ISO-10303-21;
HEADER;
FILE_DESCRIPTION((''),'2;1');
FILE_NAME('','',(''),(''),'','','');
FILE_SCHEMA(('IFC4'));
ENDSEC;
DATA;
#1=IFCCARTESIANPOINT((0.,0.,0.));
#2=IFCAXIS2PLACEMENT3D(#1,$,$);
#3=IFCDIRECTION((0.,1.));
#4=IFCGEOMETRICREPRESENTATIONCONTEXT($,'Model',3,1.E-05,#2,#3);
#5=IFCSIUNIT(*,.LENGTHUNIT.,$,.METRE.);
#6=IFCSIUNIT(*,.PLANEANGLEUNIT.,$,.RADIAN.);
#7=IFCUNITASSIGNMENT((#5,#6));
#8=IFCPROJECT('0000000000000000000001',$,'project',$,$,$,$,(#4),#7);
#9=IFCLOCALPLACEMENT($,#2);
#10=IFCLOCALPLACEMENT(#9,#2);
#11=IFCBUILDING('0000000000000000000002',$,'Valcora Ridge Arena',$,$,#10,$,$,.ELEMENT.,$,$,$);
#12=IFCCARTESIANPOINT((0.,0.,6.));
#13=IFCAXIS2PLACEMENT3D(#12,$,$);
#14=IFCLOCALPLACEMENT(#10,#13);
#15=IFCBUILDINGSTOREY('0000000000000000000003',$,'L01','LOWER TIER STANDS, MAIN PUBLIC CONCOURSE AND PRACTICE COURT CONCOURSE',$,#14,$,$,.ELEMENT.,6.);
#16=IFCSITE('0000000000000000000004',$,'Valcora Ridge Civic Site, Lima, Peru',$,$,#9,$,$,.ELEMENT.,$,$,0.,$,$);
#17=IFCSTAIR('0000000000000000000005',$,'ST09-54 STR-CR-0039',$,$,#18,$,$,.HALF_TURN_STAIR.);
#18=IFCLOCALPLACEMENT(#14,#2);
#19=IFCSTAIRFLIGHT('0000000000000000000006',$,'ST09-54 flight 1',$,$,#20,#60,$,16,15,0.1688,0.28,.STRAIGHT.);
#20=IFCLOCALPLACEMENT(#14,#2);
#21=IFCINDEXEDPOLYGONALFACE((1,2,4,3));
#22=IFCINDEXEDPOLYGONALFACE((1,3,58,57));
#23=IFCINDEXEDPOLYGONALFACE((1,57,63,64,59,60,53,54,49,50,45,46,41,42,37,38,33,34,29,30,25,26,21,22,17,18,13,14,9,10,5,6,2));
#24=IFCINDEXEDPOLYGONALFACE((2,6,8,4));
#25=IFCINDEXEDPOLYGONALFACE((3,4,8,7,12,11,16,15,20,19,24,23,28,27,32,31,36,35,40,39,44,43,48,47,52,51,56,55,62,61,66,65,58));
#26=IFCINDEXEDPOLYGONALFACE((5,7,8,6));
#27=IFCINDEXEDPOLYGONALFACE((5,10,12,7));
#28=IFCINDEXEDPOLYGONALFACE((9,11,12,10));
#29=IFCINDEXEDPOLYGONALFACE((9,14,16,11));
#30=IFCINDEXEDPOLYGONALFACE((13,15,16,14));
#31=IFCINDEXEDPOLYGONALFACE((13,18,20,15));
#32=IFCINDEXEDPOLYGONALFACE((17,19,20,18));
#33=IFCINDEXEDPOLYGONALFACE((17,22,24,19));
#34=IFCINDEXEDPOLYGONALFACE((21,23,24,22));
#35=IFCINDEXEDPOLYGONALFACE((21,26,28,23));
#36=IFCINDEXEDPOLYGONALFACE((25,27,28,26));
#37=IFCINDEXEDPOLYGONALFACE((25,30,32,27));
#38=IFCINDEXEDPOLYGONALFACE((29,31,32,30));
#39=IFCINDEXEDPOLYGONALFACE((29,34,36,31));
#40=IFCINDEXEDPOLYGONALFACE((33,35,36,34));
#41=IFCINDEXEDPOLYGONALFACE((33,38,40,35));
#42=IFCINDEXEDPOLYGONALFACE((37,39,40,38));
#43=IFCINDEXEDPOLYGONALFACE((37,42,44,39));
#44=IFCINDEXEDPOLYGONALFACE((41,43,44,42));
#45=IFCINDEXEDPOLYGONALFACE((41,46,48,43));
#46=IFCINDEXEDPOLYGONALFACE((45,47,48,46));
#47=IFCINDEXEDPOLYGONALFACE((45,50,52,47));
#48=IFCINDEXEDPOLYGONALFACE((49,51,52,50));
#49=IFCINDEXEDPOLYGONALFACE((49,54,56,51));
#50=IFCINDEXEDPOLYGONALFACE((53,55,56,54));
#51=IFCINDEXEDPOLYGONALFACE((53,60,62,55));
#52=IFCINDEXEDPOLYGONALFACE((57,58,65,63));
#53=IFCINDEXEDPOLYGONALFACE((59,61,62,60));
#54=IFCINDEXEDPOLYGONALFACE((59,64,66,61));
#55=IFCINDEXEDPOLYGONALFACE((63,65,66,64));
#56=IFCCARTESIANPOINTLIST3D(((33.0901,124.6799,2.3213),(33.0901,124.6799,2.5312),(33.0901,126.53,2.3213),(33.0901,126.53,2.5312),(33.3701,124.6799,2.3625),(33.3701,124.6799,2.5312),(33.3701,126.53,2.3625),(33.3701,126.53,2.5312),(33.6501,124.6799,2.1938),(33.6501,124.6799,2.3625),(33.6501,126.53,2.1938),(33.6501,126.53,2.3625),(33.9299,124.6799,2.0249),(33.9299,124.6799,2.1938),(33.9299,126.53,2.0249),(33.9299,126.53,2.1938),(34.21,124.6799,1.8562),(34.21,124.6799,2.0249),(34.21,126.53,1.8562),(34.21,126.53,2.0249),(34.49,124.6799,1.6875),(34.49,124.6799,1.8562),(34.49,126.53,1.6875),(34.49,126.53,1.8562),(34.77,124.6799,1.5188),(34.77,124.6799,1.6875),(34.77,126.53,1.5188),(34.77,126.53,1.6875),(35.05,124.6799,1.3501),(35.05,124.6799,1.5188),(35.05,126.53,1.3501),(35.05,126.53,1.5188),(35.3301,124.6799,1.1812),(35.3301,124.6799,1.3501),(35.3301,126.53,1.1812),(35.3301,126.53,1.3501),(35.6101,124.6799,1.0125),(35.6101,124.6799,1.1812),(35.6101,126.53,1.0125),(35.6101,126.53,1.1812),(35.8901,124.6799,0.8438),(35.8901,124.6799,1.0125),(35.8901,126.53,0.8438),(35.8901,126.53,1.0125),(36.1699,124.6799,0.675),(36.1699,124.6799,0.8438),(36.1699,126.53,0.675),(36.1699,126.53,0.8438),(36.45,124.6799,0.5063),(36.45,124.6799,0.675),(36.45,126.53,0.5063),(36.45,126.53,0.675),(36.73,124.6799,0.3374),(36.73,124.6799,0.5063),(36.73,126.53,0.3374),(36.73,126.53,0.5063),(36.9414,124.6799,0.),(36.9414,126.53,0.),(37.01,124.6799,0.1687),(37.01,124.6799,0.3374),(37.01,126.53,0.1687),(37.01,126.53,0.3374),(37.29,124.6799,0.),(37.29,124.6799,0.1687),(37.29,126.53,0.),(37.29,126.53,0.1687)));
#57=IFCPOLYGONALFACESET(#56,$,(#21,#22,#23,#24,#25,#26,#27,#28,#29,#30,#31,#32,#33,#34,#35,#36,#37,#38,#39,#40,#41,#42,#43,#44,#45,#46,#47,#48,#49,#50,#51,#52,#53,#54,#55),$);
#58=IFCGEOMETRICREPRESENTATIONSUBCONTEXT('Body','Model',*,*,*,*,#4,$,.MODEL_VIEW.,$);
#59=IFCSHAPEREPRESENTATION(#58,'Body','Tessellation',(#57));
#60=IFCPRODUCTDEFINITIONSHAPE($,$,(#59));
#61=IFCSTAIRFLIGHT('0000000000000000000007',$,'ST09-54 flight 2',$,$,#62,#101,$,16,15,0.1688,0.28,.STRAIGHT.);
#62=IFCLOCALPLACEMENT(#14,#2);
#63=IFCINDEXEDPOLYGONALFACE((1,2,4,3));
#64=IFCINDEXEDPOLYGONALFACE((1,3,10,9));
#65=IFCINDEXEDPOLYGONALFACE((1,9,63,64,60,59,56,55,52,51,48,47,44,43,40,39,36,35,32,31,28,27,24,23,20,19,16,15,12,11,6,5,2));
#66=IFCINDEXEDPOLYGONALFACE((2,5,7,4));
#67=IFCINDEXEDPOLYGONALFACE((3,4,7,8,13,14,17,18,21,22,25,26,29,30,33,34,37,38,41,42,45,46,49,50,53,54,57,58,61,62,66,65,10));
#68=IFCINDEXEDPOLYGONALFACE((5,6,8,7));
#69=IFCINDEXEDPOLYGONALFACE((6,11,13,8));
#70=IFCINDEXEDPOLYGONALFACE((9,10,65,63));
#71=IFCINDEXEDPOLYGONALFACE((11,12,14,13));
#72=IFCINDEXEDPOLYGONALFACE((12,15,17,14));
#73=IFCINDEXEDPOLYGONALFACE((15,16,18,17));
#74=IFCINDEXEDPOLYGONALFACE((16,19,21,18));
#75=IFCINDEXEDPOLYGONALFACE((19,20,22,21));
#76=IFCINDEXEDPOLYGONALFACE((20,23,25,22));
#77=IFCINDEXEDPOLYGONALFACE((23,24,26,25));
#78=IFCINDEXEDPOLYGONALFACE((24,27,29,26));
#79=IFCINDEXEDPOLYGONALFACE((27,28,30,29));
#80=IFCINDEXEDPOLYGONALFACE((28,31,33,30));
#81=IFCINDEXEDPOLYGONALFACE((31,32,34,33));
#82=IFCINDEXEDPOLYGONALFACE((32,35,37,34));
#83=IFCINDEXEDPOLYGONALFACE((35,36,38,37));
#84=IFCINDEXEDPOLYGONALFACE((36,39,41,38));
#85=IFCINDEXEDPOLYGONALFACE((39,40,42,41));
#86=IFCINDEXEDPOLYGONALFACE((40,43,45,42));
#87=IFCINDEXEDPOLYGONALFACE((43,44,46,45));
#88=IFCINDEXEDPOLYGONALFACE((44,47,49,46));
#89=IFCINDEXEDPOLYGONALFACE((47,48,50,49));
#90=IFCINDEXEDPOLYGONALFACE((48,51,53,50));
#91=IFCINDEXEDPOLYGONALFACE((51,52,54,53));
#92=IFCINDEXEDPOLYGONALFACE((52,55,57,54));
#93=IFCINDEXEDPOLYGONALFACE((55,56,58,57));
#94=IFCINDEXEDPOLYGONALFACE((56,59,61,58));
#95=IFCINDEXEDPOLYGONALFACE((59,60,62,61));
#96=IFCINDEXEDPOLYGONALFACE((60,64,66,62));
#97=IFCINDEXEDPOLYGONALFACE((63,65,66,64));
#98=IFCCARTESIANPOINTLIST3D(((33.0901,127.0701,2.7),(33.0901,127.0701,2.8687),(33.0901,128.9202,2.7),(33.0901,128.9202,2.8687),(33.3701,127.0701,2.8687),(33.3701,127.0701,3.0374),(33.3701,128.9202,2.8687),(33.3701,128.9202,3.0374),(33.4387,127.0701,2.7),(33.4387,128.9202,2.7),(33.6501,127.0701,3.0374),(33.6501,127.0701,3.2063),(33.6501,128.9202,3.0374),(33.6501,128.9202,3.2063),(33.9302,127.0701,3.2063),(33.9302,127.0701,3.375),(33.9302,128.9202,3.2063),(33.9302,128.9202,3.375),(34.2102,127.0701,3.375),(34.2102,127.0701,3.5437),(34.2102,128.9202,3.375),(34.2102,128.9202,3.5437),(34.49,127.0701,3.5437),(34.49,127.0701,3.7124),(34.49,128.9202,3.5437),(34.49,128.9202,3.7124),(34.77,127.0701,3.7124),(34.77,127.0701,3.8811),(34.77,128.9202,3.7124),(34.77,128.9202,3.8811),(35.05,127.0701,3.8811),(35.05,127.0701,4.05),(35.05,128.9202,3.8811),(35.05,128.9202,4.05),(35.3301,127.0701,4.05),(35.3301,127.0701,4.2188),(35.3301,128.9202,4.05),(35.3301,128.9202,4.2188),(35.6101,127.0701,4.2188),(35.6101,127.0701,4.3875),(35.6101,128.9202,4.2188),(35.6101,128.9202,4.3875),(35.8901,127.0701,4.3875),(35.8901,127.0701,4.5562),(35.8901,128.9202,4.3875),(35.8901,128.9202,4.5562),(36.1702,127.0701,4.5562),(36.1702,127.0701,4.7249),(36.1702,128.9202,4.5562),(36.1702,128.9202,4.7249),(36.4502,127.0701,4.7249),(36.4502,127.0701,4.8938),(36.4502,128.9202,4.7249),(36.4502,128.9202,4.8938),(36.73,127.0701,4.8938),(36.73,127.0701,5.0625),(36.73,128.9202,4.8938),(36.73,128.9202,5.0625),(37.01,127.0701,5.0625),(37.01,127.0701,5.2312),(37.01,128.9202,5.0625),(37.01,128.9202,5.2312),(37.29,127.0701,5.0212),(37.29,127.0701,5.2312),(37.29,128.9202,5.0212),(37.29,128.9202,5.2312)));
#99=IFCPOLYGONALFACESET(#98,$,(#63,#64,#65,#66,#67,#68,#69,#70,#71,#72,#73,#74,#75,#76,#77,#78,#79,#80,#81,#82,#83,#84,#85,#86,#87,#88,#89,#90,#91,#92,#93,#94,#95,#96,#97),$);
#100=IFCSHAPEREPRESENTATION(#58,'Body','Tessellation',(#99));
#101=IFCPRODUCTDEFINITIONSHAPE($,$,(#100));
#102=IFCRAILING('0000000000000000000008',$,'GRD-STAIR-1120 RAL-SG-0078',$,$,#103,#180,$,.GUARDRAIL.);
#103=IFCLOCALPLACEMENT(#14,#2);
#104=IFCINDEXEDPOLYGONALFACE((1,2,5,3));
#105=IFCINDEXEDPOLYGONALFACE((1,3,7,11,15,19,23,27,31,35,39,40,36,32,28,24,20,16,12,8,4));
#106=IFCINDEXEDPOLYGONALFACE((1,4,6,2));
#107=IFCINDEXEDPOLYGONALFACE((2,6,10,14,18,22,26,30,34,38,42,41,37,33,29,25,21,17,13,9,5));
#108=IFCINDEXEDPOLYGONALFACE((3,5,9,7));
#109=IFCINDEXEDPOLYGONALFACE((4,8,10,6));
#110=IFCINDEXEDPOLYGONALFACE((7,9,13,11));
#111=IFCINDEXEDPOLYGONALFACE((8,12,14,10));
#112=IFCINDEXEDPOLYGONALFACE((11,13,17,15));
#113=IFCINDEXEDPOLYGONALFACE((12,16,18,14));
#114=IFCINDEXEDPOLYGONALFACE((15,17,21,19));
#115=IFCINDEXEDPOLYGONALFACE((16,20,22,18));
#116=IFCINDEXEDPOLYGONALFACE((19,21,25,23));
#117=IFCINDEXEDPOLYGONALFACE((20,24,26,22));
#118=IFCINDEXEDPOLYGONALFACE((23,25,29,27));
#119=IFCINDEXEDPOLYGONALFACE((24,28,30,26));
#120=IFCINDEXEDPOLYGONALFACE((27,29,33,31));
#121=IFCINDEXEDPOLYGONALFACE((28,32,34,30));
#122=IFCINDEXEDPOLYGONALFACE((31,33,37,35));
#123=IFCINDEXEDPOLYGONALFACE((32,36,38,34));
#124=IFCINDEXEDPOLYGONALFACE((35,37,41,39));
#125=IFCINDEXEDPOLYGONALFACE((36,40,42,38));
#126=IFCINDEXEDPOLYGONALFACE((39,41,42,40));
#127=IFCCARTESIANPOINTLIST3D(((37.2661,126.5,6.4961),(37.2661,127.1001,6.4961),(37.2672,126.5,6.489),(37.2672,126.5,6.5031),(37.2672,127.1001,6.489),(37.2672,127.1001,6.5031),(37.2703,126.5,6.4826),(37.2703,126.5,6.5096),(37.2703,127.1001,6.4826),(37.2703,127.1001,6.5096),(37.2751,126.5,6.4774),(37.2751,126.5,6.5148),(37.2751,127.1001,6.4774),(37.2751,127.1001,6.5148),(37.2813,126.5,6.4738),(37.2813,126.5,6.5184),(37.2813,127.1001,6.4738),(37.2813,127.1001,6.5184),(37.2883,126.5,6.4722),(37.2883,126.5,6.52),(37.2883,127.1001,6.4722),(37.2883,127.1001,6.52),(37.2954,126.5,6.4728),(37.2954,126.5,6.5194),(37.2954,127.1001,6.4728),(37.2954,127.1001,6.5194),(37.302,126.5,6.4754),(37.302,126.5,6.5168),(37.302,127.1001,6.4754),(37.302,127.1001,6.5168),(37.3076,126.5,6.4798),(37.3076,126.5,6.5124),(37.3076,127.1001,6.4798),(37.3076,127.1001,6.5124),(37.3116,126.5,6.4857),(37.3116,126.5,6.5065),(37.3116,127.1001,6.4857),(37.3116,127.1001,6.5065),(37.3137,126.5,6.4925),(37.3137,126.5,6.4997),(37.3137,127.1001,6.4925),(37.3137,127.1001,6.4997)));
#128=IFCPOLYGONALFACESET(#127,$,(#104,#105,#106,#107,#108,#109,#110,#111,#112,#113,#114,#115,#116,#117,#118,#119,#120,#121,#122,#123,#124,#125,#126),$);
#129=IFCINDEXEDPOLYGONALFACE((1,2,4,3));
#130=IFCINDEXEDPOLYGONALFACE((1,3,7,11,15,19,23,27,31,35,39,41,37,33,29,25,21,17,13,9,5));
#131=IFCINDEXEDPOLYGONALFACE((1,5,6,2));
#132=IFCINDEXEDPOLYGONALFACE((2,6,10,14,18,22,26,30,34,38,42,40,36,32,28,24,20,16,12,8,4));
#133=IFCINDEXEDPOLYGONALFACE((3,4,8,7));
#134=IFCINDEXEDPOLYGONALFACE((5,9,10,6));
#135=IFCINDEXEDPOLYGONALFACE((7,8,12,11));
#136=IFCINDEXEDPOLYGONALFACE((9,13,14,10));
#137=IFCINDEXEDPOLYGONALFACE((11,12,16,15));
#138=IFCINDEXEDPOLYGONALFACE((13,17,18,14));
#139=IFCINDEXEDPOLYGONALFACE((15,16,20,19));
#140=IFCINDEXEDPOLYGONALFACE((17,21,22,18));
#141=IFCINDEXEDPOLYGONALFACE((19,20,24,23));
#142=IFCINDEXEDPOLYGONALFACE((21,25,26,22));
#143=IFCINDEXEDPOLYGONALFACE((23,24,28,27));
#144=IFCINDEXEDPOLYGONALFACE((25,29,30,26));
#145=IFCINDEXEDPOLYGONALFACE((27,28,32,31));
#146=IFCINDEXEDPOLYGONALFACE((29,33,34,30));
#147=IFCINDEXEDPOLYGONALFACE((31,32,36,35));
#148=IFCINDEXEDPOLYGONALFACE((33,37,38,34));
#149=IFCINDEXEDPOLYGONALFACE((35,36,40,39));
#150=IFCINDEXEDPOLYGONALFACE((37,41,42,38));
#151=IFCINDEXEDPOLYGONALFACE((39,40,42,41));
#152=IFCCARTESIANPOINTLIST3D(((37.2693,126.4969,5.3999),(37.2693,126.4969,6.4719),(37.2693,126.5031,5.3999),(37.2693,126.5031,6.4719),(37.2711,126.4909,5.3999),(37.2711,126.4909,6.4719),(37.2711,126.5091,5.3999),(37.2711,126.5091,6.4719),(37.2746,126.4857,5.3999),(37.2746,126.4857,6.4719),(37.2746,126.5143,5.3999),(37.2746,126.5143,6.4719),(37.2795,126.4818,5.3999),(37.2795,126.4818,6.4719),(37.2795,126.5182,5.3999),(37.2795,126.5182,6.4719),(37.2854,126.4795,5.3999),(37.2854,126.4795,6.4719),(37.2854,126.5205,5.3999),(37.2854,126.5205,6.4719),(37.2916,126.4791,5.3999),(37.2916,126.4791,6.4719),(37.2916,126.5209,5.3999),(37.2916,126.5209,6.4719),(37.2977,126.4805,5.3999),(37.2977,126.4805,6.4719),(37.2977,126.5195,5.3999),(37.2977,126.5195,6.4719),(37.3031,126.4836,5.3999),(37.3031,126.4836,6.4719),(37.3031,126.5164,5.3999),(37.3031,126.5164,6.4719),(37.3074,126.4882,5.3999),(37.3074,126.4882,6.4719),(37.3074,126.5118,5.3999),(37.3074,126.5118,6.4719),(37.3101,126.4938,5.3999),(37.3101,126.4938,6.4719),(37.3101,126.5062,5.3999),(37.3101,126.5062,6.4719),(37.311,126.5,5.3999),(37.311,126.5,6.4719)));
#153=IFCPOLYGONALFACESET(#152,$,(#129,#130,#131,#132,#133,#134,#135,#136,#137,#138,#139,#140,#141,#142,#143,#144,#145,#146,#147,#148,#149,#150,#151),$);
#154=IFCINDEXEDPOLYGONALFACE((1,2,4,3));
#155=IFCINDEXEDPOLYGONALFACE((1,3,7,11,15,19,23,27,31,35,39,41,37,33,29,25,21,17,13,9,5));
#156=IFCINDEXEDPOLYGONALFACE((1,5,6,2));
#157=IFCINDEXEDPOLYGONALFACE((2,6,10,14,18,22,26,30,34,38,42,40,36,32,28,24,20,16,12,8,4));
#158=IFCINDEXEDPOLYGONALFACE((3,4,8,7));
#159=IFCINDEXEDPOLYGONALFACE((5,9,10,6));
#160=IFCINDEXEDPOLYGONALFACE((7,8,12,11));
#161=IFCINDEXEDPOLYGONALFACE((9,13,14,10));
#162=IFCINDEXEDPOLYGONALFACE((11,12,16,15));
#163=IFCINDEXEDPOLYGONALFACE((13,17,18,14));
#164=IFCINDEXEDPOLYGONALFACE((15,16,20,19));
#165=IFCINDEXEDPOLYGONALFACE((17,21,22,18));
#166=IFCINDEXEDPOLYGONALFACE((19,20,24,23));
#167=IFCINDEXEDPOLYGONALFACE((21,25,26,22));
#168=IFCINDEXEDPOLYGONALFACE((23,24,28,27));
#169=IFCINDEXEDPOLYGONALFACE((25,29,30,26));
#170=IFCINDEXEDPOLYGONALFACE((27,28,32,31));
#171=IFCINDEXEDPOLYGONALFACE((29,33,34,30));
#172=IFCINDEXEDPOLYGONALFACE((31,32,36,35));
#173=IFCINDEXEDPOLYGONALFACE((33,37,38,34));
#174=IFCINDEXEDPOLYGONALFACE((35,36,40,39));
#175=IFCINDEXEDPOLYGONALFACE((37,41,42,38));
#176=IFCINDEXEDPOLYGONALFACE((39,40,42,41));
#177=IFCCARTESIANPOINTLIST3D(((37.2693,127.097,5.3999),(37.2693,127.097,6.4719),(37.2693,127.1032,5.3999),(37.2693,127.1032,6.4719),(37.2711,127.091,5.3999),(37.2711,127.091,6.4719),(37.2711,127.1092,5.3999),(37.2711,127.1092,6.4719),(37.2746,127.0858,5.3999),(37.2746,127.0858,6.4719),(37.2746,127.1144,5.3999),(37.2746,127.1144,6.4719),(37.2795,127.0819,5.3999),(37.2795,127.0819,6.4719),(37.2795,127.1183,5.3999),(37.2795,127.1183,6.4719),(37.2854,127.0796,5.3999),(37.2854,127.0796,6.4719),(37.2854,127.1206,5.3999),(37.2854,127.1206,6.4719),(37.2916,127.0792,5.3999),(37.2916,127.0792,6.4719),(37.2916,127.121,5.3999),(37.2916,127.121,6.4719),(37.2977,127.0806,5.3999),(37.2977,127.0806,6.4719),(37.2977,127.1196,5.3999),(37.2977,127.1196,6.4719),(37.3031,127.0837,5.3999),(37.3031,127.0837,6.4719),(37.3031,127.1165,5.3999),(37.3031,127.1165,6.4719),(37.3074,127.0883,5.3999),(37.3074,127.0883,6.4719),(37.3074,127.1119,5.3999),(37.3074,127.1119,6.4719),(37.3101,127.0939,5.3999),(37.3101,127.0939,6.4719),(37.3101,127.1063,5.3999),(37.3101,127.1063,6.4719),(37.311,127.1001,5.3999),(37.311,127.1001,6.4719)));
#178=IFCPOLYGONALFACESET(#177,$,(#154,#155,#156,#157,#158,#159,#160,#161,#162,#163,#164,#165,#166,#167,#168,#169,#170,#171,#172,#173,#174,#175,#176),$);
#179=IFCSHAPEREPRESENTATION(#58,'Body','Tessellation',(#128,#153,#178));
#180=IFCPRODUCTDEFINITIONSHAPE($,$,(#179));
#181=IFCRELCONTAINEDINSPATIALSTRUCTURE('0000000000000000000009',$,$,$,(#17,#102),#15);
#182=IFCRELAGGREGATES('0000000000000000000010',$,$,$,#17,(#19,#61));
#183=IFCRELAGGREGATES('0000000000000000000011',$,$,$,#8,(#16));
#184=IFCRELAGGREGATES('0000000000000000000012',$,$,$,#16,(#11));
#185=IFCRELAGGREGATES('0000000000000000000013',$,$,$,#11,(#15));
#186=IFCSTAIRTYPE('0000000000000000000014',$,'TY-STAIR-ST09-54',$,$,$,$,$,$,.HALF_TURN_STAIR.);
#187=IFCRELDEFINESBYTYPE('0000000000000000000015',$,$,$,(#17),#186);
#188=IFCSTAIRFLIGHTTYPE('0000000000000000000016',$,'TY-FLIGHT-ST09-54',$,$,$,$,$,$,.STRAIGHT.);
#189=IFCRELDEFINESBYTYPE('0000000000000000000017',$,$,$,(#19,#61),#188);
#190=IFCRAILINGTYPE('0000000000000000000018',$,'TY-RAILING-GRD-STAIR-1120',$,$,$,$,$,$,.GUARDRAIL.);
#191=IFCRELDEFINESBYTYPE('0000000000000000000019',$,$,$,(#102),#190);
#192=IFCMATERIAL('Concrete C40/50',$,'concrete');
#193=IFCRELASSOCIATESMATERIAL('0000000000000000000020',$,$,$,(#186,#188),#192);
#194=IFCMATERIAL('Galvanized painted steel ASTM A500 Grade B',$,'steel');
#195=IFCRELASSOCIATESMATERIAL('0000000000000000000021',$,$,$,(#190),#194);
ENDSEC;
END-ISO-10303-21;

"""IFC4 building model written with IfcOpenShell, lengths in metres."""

from ifc_helpers import new_model, si_unit, direction, frame, origin, origin_2d, place, context, subcontext, project, spatial, polyline, circle, outline, extrude, material, type_object, element, aggregate, save


model = new_model("IFC4")

# Units and contexts
model_context = context("Model", 3, precision=1e-05, world=origin(), true_north=direction((0.0, 1.0)))
body_context = subcontext(model_context, "Body", "Model", "MODEL_VIEW")
ifc_project = project(units=[si_unit("LENGTHUNIT", "METRE"), si_unit("PLANEANGLEUNIT", "RADIAN")], contexts=[model_context])

# Site, building, storey
site_placement = place(None, origin())
site = spatial("IfcSite", under=ifc_project, at=site_placement, Name="Valcora Ridge Civic Site, Lima, Peru", CompositionType="ELEMENT", RefElevation=0.0)
building_placement = place(site_placement, origin())
building = spatial("IfcBuilding", under=site, at=building_placement, Name="Valcora Ridge Arena", CompositionType="ELEMENT")
storey_placement = place(building_placement, frame((0.0, 0.0, 6.0)))
storey = spatial("IfcBuildingStorey", under=building, at=storey_placement, Name="L01", Description="LOWER TIER STANDS, MAIN PUBLIC CONCOURSE AND PRACTICE COURT CONCOURSE", CompositionType="ELEMENT", Elevation=6.0)

# Shared definitions
ifc_material_1 = material(Name="Concrete C40/50", Category="concrete")

# Stair, stair flights
stair_type = type_object("IfcStairType", Name="TY-STAIR-ST09-54", PredefinedType="HALF_TURN_STAIR", material=ifc_material_1)
stair_placement = place(storey_placement, origin())
stair = element("IfcStair", 1, at=stair_placement, inside=storey, type_object=stair_type, Name="ST09-54 STR-CR-0039", PredefinedType="HALF_TURN_STAIR")
stair_flight_type = type_object("IfcStairFlightType", Name="TY-FLIGHT-ST09-54", PredefinedType="STRAIGHT", material=ifc_material_1)
stair_flight_1_placement = place(storey_placement, frame((37.29, 125.605, 0.0), z_axis=(0.0, 0.0, 1.0), x_axis=(-1.0, 0.0, 0.0)))
stair_flight_1 = element("IfcStairFlight", 2, at=stair_flight_1_placement, type_object=stair_flight_type, Name="ST09-54 flight 1", NumberOfRisers=16, NumberOfTreads=15, PredefinedType="STRAIGHT", RiserHeight=0.1688, TreadLength=0.28, context=body_context, shape_type="SweptSolid", body=[
    extrude(outline(polyline([(0.0, 0.0), (0.0, 0.1687), (0.28, 0.1687), (0.28, 0.3374), (0.5601, 0.3374), (0.5601, 0.5063), (0.8401, 0.5063), (0.8401, 0.675), (1.1201, 0.675), (1.1201, 0.8438), (1.3999, 0.8438), (1.3999, 1.0125), (1.6799, 1.0125), (1.6799, 1.1812), (1.96, 1.1812), (1.96, 1.3501), (2.24, 1.3501), (2.24, 1.5188), (2.52, 1.5188), (2.52, 1.6875), (2.8, 1.6875), (2.8, 1.8562), (3.0801, 1.8562), (3.0801, 2.0249), (3.3601, 2.0249), (3.3601, 2.1938), (3.6399, 2.1938), (3.6399, 2.3625), (3.9199, 2.3625), (3.9199, 2.5312), (4.2, 2.5312), (4.2, 2.7), (4.2, 2.3213), (0.3486, 0.0), (0.0, 0.0)])), frame((0.0, 0.925, 0.0), z_axis=(0.0, -1.0, 0.0), x_axis=(1.0, 0.0, 0.0)), (0.0, 0.0, 1.0), 1.8501),
])
stair_flight_2_placement = place(storey_placement, frame((33.0901, 127.9951, 2.7), z_axis=(0.0, 0.0, 1.0), x_axis=(1.0, 0.0, 0.0)))
stair_flight_2 = element("IfcStairFlight", 3, at=stair_flight_2_placement, type_object=stair_flight_type, Name="ST09-54 flight 2", NumberOfRisers=16, NumberOfTreads=15, PredefinedType="STRAIGHT", RiserHeight=0.1688, TreadLength=0.28, context=body_context, shape_type="SweptSolid", body=[
    extrude(outline(polyline([(0.0, 0.0), (0.0, 0.1687), (0.28, 0.1687), (0.28, 0.3374), (0.5601, 0.3374), (0.5601, 0.5063), (0.8401, 0.5063), (0.8401, 0.675), (1.1201, 0.675), (1.1201, 0.8438), (1.3999, 0.8438), (1.3999, 1.0125), (1.6799, 1.0125), (1.6799, 1.1812), (1.96, 1.1812), (1.96, 1.3501), (2.24, 1.3501), (2.24, 1.5188), (2.52, 1.5188), (2.52, 1.6875), (2.8, 1.6875), (2.8, 1.8562), (3.0801, 1.8562), (3.0801, 2.0249), (3.3601, 2.0249), (3.3601, 2.1938), (3.6399, 2.1938), (3.6399, 2.3625), (3.9199, 2.3625), (3.9199, 2.5312), (4.2, 2.5312), (4.2, 2.7), (4.2, 2.3213), (0.3486, 0.0), (0.0, 0.0)])), frame((0.0, 0.925, 0.0), z_axis=(0.0, -1.0, 0.0), x_axis=(1.0, 0.0, 0.0)), (0.0, 0.0, 1.0), 1.8501),
])
aggregate(stair, [stair_flight_1, stair_flight_2])

# Railing
ifc_material_2 = material(Name="Galvanized painted steel ASTM A500 Grade B", Category="steel")
railing_type_1 = type_object("IfcRailingType", Name="TY-RAILING-GRD-STAIR-1120", PredefinedType="GUARDRAIL", material=ifc_material_2)
railing_1_placement = place(storey_placement, frame((37.29, 126.5, 5.3999)))
element("IfcRailing", 4, at=railing_1_placement, inside=storey, type_object=railing_type_1, Name="GRD-STAIR-1120 RAL-SG-0078", PredefinedType="GUARDRAIL", context=body_context, shape_type="SweptSolid", body=[
    extrude(circle(Radius=0.0239, at=origin_2d()), frame((0.0, 0.0, 1.0962), z_axis=(0.0, 1.0, 0.0), x_axis=(-1.0, 0.0, 0.0)), (0.0, 0.0, 1.0), 0.6001),
    extrude(circle(Radius=0.021, at=origin_2d()), origin(), (0.0, 0.0, 1.0), 1.072),
    extrude(circle(Radius=0.021, at=origin_2d()), frame((0.0, 0.6001, 0.0)), (0.0, 0.0, 1.0), 1.072),
])

save(model, "model.ifc")
